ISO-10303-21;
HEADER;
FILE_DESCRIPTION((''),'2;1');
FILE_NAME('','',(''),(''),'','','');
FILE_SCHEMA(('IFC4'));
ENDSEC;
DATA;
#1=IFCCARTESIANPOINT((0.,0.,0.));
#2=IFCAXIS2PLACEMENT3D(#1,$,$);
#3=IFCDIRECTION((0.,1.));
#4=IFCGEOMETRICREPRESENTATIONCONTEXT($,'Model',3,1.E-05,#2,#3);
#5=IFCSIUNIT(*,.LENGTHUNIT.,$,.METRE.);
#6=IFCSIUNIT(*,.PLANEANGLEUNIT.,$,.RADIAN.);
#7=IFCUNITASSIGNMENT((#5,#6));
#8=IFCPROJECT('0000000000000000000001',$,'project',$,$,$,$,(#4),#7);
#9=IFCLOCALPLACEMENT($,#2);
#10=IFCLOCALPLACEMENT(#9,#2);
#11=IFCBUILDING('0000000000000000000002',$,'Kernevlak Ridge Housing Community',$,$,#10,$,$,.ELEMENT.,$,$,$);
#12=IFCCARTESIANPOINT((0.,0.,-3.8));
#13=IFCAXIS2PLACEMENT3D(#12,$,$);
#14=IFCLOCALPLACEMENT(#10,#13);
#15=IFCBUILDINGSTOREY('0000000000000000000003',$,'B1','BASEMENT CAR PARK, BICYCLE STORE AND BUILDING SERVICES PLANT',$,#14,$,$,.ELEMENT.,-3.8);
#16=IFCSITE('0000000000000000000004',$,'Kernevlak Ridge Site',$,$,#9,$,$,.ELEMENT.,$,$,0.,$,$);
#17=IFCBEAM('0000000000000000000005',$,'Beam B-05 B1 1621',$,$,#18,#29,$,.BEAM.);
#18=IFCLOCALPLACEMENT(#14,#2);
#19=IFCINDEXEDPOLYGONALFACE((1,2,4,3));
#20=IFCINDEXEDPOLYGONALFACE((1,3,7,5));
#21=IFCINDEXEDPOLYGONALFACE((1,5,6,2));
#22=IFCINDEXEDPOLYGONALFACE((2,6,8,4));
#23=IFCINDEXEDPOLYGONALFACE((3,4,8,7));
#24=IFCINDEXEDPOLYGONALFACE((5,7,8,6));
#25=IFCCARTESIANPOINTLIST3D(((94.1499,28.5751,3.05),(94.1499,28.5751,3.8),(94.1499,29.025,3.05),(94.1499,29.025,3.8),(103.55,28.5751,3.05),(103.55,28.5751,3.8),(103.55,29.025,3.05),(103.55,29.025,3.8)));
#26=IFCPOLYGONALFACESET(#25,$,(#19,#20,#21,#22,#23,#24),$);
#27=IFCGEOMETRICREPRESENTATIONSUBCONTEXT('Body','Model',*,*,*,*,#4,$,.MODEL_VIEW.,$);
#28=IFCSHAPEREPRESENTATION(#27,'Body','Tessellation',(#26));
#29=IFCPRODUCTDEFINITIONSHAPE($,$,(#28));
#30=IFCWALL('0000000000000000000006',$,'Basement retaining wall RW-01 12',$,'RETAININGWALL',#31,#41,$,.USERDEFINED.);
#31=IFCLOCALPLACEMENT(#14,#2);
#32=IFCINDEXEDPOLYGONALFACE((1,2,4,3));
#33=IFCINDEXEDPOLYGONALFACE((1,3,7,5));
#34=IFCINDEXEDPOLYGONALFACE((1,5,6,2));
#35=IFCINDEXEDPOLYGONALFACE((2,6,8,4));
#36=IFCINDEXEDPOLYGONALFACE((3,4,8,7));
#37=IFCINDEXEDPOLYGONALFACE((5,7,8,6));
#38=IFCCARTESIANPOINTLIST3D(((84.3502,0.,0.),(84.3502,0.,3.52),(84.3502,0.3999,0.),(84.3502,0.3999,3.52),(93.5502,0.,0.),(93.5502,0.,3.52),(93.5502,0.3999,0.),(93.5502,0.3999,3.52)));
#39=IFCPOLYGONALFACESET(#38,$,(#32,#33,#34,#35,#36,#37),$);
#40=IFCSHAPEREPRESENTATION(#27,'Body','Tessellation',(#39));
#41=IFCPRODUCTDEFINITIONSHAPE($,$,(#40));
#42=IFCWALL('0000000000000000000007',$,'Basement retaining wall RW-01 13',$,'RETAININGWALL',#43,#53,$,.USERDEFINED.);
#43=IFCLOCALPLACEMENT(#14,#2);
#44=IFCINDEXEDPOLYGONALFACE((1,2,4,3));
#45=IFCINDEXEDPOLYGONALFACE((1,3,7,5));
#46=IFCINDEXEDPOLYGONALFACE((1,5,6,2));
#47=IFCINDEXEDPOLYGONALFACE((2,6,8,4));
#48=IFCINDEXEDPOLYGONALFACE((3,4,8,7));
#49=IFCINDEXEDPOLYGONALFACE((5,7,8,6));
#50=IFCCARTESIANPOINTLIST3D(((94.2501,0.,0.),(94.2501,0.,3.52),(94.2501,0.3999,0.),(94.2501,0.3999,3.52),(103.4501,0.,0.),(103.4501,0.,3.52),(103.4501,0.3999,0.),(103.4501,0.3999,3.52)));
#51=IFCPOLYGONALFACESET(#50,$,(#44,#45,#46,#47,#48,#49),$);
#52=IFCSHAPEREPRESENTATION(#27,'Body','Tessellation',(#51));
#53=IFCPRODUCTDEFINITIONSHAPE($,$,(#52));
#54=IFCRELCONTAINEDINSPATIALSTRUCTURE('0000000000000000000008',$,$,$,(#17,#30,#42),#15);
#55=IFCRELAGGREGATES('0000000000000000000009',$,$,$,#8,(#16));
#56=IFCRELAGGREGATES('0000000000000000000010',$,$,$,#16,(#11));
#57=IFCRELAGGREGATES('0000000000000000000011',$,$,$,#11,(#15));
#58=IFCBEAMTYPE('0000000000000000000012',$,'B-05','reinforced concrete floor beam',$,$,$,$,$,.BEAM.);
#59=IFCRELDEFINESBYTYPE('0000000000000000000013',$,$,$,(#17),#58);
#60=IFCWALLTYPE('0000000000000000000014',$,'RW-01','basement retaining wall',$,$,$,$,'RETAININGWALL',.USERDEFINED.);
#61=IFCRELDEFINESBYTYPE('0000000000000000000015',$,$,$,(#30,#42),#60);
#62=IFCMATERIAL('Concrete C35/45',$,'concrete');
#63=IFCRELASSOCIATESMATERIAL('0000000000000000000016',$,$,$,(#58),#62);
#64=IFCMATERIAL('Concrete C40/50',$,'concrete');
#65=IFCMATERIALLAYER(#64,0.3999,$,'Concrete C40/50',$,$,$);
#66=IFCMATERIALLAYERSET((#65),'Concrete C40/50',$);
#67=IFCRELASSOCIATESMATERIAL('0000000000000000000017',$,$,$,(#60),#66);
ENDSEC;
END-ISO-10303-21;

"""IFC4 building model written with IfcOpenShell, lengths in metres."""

from ifc_helpers import new_model, si_unit, direction, frame, frame_2d, origin, origin_2d, place, context, subcontext, project, spatial, rectangle, extrude, material, layer, layer_set, material_profile, profile_set, type_object, element, save


model = new_model("IFC4")

# Units and contexts
model_context = context("Model", 3, precision=1e-05, world=origin(), true_north=direction((0.0, 1.0)))
body_context = subcontext(model_context, "Body", "Model", "MODEL_VIEW")
ifc_project = project(units=[si_unit("LENGTHUNIT", "METRE"), si_unit("PLANEANGLEUNIT", "RADIAN")], contexts=[model_context])

# Site, building, storey
site_placement = place(None, origin())
site = spatial("IfcSite", under=ifc_project, at=site_placement, Name="Kernevlak Ridge Site", CompositionType="ELEMENT", RefElevation=0.0)
building_placement = place(site_placement, origin())
building = spatial("IfcBuilding", under=site, at=building_placement, Name="Kernevlak Ridge Housing Community", CompositionType="ELEMENT")
storey_placement = place(building_placement, frame((0.0, 0.0, -3.8)))
storey = spatial("IfcBuildingStorey", under=building, at=storey_placement, Name="B1", Description="BASEMENT CAR PARK, BICYCLE STORE AND BUILDING SERVICES PLANT", CompositionType="ELEMENT", Elevation=-3.8)

# Shared definitions
ifc_material_1 = material(Name="Concrete C35/45", Category="concrete")

# Shared definitions
ifc_material_2 = material(Name="Concrete C40/50", Category="concrete")

# Beam
ifc_material_profile_1 = material_profile(ifc_material_1, rectangle(XDim=0.45, YDim=0.75, at=origin_2d()), Name="RC 450x750")
ifc_profile_set_1 = profile_set([ifc_material_profile_1], Name="Concrete C35/45")
beam_type_1 = type_object("IfcBeamType", Name="B-05", Description="reinforced concrete floor beam", PredefinedType="BEAM", material=ifc_profile_set_1)
beam_1_placement = place(storey_placement, frame((94.1499, 28.8, 3.425), z_axis=(1.0, 0.0, 0.0), x_axis=(0.0, 1.0, 0.0)))
element("IfcBeam", 1, at=beam_1_placement, inside=storey, type_object=beam_type_1, Name="Beam B-05 B1 1621", PredefinedType="BEAM", context=body_context, shape_type="SweptSolid", body=[
    extrude(rectangle(XDim=0.45, YDim=0.75, at=origin_2d()), origin(), (0.0, 0.0, 1.0), 9.4001),
])

# Walls
ifc_layer = layer(ifc_material_2, 0.3999, Name="Concrete C40/50")
ifc_layer_set = layer_set([ifc_layer], Name="Concrete C40/50")
wall_type = type_object("IfcWallType", Name="RW-01", Description="basement retaining wall", ElementType="RETAININGWALL", PredefinedType="USERDEFINED", material=ifc_layer_set)
for number, where, z_axis, x_axis, name in (
    (2, (84.3501, 0.2, 0.0), (0.0, 0.0, 1.0), (1.0, 0.0, 0.0), "Basement retaining wall RW-01 12"),
    (3, (94.25, 0.2, 0.0), (0.0, 0.0, 1.0), (1.0, 0.0, 0.0), "Basement retaining wall RW-01 13"),
):
    element("IfcWall", number, at=place(storey_placement, frame(where, z_axis=z_axis, x_axis=x_axis)), inside=storey, type_object=wall_type, Name=name, ObjectType="RETAININGWALL", PredefinedType="USERDEFINED", context=body_context, shape_type="SweptSolid", body=[
        extrude(rectangle(XDim=9.2, YDim=0.3999, at=frame_2d((4.6001, 0.0))), origin(), (0.0, 0.0, 1.0), 3.52),
    ])

save(model, "model.ifc")
